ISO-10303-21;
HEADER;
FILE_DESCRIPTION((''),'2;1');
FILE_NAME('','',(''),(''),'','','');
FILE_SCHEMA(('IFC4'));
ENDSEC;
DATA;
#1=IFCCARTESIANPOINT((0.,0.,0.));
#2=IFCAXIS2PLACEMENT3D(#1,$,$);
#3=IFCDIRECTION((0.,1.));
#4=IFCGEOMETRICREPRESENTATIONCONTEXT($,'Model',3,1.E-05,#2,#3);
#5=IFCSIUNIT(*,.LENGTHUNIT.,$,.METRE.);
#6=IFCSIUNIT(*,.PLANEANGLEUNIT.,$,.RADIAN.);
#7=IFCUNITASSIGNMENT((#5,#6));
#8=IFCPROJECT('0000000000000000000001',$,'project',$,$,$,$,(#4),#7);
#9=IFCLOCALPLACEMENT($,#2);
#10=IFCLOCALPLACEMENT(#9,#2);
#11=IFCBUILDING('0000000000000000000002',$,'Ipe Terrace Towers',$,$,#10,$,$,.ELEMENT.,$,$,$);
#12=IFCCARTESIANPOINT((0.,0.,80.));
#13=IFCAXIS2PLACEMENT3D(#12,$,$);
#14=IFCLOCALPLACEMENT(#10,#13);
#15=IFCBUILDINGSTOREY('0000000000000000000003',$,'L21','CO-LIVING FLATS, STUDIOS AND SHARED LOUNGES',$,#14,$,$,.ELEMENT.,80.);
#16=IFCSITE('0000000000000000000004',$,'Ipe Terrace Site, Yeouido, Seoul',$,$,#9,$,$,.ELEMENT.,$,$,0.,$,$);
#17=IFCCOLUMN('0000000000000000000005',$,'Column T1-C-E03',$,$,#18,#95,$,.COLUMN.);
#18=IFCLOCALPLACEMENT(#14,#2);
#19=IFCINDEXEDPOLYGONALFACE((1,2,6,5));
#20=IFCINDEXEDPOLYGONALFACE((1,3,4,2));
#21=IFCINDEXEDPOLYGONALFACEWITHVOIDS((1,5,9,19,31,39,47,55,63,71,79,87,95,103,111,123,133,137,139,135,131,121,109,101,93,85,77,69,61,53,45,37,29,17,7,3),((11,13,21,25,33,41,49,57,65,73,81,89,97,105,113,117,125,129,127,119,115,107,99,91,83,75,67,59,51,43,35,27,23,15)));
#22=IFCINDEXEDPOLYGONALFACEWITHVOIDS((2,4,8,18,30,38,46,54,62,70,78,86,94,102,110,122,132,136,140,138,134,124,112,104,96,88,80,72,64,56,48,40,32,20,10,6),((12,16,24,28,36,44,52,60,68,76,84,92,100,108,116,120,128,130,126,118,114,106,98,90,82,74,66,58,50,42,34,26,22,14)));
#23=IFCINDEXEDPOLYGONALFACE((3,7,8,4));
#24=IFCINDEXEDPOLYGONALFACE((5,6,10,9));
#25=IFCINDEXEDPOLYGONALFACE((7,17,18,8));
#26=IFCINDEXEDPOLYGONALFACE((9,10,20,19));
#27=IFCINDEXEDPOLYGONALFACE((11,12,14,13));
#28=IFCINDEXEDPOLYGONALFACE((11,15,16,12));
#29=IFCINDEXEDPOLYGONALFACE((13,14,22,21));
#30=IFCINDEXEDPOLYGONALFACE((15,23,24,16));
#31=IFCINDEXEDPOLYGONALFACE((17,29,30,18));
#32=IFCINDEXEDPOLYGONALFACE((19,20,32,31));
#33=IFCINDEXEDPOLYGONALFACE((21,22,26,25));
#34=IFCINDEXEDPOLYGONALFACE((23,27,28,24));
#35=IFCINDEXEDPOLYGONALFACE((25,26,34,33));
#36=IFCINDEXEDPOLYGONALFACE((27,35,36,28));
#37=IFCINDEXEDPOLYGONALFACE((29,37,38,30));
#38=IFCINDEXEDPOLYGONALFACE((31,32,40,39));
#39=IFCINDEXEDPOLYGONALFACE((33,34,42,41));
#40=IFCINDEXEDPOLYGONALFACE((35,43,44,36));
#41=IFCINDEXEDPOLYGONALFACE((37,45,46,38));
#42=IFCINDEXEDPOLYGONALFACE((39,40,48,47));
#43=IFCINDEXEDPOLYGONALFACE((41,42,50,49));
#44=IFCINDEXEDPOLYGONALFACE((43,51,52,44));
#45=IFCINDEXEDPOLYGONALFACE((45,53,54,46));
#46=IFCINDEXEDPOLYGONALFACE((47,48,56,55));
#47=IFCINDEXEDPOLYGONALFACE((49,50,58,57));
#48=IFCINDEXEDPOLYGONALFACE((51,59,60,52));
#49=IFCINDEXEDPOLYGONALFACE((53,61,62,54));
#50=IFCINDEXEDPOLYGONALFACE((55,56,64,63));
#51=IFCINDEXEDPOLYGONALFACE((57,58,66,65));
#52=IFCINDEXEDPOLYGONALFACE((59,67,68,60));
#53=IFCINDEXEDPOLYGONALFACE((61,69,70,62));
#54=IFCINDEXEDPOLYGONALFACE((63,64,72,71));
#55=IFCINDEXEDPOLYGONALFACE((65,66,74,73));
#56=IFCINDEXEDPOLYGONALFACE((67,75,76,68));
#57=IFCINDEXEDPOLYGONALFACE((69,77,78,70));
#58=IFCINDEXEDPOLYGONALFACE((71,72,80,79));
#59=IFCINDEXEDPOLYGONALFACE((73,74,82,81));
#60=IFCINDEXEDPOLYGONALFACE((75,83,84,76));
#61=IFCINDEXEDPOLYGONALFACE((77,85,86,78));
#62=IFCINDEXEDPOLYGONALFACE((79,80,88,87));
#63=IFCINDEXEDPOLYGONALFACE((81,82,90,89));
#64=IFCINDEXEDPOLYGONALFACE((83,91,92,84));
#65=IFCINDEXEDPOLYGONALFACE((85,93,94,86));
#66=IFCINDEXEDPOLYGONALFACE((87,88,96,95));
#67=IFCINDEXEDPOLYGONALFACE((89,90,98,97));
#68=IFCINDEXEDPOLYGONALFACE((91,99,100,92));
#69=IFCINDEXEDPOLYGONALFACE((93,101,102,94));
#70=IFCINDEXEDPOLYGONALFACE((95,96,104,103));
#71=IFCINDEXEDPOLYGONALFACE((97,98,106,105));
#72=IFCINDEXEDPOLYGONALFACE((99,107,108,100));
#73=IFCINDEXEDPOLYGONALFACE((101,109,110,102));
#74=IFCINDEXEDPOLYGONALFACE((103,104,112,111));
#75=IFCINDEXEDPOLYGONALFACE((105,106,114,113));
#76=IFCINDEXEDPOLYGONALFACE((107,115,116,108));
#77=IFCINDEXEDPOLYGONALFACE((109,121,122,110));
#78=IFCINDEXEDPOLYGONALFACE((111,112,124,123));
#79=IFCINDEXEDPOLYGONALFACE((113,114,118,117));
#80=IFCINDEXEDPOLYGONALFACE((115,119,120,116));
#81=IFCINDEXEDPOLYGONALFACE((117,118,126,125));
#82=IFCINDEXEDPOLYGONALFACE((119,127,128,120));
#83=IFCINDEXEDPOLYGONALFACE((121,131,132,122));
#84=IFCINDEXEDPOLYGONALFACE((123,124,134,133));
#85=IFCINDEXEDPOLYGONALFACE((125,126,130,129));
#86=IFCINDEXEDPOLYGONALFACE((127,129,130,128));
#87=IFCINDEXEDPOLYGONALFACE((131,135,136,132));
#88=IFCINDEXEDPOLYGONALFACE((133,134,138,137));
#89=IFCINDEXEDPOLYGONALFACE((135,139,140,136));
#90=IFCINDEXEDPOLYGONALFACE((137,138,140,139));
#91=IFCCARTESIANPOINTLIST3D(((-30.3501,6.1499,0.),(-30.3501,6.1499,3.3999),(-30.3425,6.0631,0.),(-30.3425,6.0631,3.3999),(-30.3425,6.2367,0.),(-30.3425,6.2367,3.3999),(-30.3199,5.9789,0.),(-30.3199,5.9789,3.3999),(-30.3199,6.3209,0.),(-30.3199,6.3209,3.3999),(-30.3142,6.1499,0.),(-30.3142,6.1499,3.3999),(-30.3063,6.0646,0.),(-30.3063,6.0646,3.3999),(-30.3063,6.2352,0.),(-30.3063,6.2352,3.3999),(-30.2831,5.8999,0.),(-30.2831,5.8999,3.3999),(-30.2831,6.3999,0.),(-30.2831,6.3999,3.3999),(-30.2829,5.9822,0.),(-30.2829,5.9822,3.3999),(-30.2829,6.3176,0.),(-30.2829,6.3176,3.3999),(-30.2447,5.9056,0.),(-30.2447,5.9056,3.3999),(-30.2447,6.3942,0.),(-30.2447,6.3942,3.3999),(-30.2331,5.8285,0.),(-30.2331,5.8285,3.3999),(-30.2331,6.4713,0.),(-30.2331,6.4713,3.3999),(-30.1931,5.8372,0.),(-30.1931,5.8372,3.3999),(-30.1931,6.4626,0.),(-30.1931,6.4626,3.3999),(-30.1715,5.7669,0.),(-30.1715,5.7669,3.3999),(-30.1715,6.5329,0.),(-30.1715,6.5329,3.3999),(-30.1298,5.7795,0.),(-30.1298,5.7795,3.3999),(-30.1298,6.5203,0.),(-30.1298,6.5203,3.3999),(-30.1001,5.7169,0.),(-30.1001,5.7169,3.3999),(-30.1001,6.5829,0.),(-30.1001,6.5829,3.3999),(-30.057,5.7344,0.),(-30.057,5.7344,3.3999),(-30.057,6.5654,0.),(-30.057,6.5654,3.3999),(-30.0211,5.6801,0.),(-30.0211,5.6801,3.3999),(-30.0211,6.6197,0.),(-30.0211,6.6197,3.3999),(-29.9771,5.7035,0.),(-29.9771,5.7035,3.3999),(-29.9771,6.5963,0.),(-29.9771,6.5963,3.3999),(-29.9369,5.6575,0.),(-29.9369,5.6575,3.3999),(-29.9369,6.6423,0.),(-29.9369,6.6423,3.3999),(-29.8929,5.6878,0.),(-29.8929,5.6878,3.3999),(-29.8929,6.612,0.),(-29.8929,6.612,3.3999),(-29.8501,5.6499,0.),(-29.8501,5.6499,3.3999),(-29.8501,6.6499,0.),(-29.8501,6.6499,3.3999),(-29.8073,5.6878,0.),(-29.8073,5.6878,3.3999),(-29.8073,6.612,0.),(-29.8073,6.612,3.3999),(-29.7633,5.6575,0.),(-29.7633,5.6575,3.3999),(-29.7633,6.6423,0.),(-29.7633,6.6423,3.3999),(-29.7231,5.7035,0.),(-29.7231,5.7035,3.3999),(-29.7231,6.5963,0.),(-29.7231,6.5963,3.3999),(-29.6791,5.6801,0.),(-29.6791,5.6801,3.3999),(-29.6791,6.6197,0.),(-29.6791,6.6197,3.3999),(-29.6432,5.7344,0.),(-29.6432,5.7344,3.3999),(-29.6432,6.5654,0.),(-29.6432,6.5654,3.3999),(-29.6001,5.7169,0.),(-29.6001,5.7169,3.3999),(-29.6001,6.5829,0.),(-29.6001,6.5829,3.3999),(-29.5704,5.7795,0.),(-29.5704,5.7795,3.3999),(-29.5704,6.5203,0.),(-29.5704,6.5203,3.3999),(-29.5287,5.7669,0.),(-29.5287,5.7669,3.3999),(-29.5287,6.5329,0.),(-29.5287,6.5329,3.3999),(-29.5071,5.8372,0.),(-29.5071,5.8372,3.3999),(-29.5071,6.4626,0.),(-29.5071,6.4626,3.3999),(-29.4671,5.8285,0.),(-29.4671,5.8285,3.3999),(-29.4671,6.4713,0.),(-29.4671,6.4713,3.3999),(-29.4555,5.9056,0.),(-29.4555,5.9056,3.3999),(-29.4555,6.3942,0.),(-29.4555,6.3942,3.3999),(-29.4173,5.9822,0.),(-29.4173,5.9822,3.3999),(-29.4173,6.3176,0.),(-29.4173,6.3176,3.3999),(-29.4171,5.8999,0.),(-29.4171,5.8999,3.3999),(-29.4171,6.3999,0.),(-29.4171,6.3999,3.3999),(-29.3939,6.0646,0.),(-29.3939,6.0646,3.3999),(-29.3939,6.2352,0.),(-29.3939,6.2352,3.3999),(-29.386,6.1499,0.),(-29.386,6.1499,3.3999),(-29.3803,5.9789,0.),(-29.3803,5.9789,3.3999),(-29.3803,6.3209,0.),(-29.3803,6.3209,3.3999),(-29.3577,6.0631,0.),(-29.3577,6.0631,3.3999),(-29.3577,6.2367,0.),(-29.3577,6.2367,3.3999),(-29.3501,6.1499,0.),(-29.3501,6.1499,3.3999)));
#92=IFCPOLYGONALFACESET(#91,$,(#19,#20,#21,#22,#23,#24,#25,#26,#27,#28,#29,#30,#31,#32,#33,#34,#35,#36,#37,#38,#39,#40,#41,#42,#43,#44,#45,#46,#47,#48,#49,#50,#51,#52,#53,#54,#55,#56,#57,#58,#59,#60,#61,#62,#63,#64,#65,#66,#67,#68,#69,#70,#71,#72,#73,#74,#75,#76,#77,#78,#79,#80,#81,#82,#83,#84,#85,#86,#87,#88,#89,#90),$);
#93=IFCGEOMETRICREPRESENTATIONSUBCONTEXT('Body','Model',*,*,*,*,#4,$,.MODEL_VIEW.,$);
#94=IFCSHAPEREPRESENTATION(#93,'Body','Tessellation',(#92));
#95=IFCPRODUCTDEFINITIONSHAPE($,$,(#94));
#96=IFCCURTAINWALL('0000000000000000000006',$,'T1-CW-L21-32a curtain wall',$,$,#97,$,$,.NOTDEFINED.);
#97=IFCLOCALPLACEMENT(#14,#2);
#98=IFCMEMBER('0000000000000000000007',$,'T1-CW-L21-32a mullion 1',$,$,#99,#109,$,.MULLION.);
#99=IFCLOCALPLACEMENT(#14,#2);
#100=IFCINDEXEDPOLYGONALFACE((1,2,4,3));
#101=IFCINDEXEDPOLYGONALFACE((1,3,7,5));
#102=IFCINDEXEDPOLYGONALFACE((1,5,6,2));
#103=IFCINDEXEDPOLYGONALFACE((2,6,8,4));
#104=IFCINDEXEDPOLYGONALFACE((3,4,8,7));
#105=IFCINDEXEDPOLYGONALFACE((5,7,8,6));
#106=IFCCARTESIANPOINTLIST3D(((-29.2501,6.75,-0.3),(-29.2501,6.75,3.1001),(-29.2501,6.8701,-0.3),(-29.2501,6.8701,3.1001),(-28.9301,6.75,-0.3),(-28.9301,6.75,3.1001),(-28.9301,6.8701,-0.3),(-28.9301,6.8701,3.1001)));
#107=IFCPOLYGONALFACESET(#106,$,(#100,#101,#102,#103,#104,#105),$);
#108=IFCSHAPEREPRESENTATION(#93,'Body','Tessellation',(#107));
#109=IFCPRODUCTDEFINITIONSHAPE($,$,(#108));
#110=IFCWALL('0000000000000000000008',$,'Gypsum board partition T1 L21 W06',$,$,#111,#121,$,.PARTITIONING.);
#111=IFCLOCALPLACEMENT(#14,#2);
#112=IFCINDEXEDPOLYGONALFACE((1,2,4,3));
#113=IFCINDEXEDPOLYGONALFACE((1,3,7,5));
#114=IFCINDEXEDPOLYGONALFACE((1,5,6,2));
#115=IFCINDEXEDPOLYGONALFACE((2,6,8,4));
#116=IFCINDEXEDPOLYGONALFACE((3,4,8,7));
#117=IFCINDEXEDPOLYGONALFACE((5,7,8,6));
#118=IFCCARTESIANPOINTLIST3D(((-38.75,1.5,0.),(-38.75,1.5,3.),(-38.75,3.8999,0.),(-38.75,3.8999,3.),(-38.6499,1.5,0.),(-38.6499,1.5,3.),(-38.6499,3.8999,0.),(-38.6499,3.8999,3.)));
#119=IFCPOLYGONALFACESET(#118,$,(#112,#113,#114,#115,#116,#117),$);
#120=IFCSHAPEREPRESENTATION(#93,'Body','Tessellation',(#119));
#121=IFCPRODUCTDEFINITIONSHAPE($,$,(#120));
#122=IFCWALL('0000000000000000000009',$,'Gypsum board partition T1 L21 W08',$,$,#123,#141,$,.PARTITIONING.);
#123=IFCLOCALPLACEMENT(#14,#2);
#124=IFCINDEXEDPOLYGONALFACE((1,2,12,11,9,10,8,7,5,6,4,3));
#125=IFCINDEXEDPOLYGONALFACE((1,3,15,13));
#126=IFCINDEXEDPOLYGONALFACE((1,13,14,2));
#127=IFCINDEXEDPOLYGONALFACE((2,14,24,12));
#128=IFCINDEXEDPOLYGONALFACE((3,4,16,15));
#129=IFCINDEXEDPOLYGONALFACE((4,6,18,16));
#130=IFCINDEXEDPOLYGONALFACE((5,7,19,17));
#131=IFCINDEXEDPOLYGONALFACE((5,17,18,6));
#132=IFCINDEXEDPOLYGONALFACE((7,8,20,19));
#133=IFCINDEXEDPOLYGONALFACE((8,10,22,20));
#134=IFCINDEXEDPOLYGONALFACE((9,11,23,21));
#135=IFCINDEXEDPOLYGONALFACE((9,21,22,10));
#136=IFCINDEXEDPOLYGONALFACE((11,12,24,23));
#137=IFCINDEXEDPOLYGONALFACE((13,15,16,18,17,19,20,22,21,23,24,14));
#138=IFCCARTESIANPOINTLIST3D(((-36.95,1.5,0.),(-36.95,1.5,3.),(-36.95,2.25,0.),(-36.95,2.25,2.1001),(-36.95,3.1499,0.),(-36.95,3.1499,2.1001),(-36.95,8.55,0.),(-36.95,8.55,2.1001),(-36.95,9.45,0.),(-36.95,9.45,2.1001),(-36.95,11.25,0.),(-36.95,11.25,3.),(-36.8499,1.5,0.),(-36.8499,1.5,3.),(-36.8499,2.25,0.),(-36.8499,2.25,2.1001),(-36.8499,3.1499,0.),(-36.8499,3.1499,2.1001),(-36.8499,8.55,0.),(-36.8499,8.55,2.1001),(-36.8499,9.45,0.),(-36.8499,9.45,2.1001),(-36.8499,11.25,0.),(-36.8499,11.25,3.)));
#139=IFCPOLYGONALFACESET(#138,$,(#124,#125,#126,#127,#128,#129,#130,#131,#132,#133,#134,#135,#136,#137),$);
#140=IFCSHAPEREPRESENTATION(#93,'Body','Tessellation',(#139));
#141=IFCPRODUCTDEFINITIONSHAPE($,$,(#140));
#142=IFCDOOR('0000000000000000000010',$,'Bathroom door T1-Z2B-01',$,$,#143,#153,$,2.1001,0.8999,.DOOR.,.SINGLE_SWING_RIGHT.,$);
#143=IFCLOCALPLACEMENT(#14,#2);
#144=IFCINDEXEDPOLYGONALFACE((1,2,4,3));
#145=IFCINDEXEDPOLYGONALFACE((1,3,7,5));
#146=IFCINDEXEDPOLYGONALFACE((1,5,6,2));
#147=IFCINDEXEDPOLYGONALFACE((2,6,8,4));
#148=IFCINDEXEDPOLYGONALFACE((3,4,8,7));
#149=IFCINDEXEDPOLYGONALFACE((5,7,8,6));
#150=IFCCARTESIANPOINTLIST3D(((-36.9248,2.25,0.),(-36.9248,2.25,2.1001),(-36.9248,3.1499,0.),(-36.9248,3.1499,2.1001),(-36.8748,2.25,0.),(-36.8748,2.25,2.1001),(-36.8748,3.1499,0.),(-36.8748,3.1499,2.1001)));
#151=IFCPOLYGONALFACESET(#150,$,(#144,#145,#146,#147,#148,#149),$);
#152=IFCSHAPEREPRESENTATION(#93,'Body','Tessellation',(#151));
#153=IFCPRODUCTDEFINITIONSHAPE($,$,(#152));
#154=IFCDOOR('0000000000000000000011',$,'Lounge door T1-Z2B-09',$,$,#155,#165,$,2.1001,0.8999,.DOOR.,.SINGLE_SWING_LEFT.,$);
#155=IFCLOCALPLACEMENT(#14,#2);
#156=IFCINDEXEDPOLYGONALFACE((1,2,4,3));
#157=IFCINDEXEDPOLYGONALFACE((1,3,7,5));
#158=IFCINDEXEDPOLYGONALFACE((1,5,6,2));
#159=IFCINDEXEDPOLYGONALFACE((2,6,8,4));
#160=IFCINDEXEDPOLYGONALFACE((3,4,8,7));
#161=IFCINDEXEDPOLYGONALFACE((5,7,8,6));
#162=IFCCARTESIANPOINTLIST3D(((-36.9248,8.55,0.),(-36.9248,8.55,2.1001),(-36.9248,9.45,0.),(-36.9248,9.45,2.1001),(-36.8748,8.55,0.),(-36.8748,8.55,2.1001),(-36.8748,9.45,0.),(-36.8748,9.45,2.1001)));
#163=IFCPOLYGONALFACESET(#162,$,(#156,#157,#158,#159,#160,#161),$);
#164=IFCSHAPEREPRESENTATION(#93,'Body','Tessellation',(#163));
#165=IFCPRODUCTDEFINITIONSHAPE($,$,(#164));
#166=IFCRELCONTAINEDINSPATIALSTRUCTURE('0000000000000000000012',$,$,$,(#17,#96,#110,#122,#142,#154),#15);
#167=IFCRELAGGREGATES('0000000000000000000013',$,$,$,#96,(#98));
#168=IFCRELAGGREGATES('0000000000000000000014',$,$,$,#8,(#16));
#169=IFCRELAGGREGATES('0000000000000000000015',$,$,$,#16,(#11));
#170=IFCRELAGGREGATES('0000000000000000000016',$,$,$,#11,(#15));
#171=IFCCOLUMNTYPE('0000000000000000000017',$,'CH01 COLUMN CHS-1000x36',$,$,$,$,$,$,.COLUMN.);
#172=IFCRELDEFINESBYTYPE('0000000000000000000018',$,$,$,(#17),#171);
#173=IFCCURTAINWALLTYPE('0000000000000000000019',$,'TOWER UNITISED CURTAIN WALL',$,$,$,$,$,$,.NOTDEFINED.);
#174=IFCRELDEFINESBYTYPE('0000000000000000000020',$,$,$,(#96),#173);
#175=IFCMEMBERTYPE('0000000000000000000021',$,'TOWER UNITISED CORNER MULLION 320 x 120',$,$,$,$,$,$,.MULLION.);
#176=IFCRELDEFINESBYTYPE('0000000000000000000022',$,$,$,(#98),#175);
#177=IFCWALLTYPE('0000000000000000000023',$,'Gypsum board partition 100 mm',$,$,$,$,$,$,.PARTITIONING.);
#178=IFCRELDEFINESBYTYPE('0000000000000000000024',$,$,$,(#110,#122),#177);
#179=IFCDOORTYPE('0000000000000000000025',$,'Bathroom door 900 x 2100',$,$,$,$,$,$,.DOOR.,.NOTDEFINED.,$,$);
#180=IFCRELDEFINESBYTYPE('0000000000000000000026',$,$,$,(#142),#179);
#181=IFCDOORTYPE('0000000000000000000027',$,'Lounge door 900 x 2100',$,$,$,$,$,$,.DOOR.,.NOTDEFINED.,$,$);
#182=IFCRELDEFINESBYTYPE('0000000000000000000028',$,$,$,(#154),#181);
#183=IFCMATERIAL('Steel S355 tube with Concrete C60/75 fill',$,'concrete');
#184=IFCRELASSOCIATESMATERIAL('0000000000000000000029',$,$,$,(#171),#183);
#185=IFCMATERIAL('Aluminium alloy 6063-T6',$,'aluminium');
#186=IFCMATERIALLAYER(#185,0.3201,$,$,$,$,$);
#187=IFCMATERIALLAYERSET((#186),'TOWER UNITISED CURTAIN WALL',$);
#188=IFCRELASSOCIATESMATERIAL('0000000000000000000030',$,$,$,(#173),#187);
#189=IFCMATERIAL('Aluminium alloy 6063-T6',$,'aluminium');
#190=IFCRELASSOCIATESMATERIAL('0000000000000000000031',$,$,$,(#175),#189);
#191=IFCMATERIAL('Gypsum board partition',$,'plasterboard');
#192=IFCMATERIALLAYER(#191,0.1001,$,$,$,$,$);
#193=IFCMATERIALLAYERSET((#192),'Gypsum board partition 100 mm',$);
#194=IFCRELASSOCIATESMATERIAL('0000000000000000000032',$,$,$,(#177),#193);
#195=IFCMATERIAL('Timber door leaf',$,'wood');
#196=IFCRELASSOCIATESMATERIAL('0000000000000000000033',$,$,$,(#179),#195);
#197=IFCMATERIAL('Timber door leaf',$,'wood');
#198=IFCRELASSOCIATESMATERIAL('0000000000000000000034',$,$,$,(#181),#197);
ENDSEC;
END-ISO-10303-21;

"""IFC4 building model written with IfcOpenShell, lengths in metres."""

from ifc_helpers import new_model, si_unit, direction, frame, frame_2d, origin, origin_2d, place, context, subcontext, project, spatial, rectangle, hollow_circle, extrude, material, layer, layer_set, material_profile, profile_set, type_object, element, fill, aggregate, save


model = new_model("IFC4")

# Units and contexts
model_context = context("Model", 3, precision=1e-05, world=origin(), true_north=direction((0.0, 1.0)))
body_context = subcontext(model_context, "Body", "Model", "MODEL_VIEW")
ifc_project = project(units=[si_unit("LENGTHUNIT", "METRE"), si_unit("PLANEANGLEUNIT", "RADIAN")], contexts=[model_context])

# Site, building, storey
site_placement = place(None, origin())
site = spatial("IfcSite", under=ifc_project, at=site_placement, Name="Ipe Terrace Site, Yeouido, Seoul", CompositionType="ELEMENT", RefElevation=0.0)
building_placement = place(site_placement, origin())
building = spatial("IfcBuilding", under=site, at=building_placement, Name="Ipe Terrace Towers", CompositionType="ELEMENT")
storey_placement = place(building_placement, frame((0.0, 0.0, 80.0)))
storey = spatial("IfcBuildingStorey", under=building, at=storey_placement, Name="L21", Description="CO-LIVING FLATS, STUDIOS AND SHARED LOUNGES", CompositionType="ELEMENT", Elevation=80.0)

# Column
ifc_material_1 = material(Name="Steel S355 tube with Concrete C60/75 fill", Category="concrete")
ifc_material_profile_1 = material_profile(ifc_material_1, hollow_circle(Radius=0.5, WallThickness=0.0359, at=origin_2d()), Name="CHS-1000x36")
ifc_profile_set_1 = profile_set([ifc_material_profile_1], Name="Steel S355 tube with Concrete C60/75 fill")
column_type = type_object("IfcColumnType", Name="CH01 COLUMN CHS-1000x36", PredefinedType="COLUMN", material=ifc_profile_set_1)
column_placement = place(storey_placement, frame((-29.8501, 6.1499, 0.0), z_axis=(0.0, 0.0, 1.0), x_axis=(1.0, 0.0, 0.0)))
element("IfcColumn", 1, at=column_placement, inside=storey, type_object=column_type, Name="Column T1-C-E03", PredefinedType="COLUMN", context=body_context, shape_type="SweptSolid", body=[
    extrude(hollow_circle(Radius=0.5, WallThickness=0.0359, at=origin_2d()), origin(), (0.0, 0.0, 1.0), 3.3999),
])

# Curtain wall, member
ifc_material_2 = material(Name="Aluminium alloy 6063-T6", Category="aluminium")
ifc_layer_1 = layer(ifc_material_2, 0.3201)
ifc_layer_set_1 = layer_set([ifc_layer_1], Name="TOWER UNITISED CURTAIN WALL")
curtain_wall_type = type_object("IfcCurtainWallType", Name="TOWER UNITISED CURTAIN WALL", PredefinedType="NOTDEFINED", material=ifc_layer_set_1)
curtain_wall_placement = place(storey_placement, origin())
curtain_wall = element("IfcCurtainWall", 2, at=curtain_wall_placement, inside=storey, type_object=curtain_wall_type, Name="T1-CW-L21-32a curtain wall", PredefinedType="NOTDEFINED")
ifc_material_3 = material(Name="Aluminium alloy 6063-T6", Category="aluminium")
ifc_material_profile_2 = material_profile(ifc_material_3, rectangle(XDim=0.3201, YDim=0.1201, at=origin_2d()), Name="TOWER UNITISED CORNER MULLION 320 x 120")
ifc_profile_set_2 = profile_set([ifc_material_profile_2], Name="Aluminium alloy 6063-T6")
member_type = type_object("IfcMemberType", Name="TOWER UNITISED CORNER MULLION 320 x 120", PredefinedType="MULLION", material=ifc_profile_set_2)
member_placement = place(storey_placement, frame((-29.0901, 6.8101, -0.3), z_axis=(0.0, 0.0, 1.0), x_axis=(1.0, 0.0, 0.0)))
member = element("IfcMember", 3, at=member_placement, type_object=member_type, Name="T1-CW-L21-32a mullion 1", PredefinedType="MULLION", context=body_context, shape_type="SweptSolid", body=[
    extrude(rectangle(XDim=0.3201, YDim=0.1201, at=origin_2d()), origin(), (0.0, 0.0, 1.0), 3.4001),
])
aggregate(curtain_wall, [member])

# Wall
ifc_material_4 = material(Name="Gypsum board partition", Category="plasterboard")
ifc_layer_2 = layer(ifc_material_4, 0.1001)
ifc_layer_set_2 = layer_set([ifc_layer_2], Name="Gypsum board partition 100 mm")
wall_type_1 = type_object("IfcWallType", Name="Gypsum board partition 100 mm", PredefinedType="PARTITIONING", material=ifc_layer_set_2)
wall_1_placement = place(storey_placement, frame((-38.7, 1.5, 0.0), z_axis=(0.0, 0.0, 1.0), x_axis=(0.0, 1.0, 0.0)))
element("IfcWall", 4, at=wall_1_placement, inside=storey, type_object=wall_type_1, Name="Gypsum board partition T1 L21 W06", PredefinedType="PARTITIONING", context=body_context, shape_type="SweptSolid", body=[
    extrude(rectangle(XDim=2.3999, YDim=0.1001, at=frame_2d((1.2, 0.0))), origin(), (0.0, 0.0, 1.0), 3.0),
])

# Wall, openings, doors
wall_2_placement = place(storey_placement, frame((-36.8999, 1.5, 0.0), z_axis=(0.0, 0.0, 1.0), x_axis=(0.0, 1.0, 0.0)))
wall_2 = element("IfcWall", 5, at=wall_2_placement, inside=storey, type_object=wall_type_1, Name="Gypsum board partition T1 L21 W08", PredefinedType="PARTITIONING", context=body_context, shape_type="SweptSolid", body=[
    extrude(rectangle(XDim=9.75, YDim=0.1001, at=frame_2d((4.875, 0.0))), origin(), (0.0, 0.0, 1.0), 3.0),
])
opening_1_placement = place(wall_2_placement, frame((0.75, 0.0, 0.0)))
opening_1 = element("IfcOpeningElement", 6, at=opening_1_placement, cuts=wall_2, PredefinedType="OPENING", context=body_context, shape_type="SweptSolid", body=[
    extrude(rectangle(XDim=0.8999, YDim=2.1001, at=frame_2d((0.45, 1.05))), frame((0.0, 0.0601, 0.0), z_axis=(0.0, -1.0, 0.0), x_axis=(1.0, 0.0, 0.0)), (0.0, 0.0, 1.0), 0.1201),
])
opening_2_placement = place(wall_2_placement, frame((7.05, 0.0, 0.0)))
opening_2 = element("IfcOpeningElement", 7, at=opening_2_placement, cuts=wall_2, PredefinedType="OPENING", context=body_context, shape_type="SweptSolid", body=[
    extrude(rectangle(XDim=0.8999, YDim=2.1001, at=frame_2d((0.45, 1.05))), frame((0.0, 0.0601, 0.0), z_axis=(0.0, -1.0, 0.0), x_axis=(1.0, 0.0, 0.0)), (0.0, 0.0, 1.0), 0.1201),
])
ifc_material_5 = material(Name="Timber door leaf", Category="wood")
door_type_1 = type_object("IfcDoorType", Name="Bathroom door 900 x 2100", OperationType="NOTDEFINED", PredefinedType="DOOR", material=ifc_material_5)
door_1_placement = place(opening_1_placement, origin())
door_1 = element("IfcDoor", 8, at=door_1_placement, inside=storey, type_object=door_type_1, Name="Bathroom door T1-Z2B-01", OperationType="SINGLE_SWING_RIGHT", OverallHeight=2.1001, OverallWidth=0.8999, PredefinedType="DOOR", context=body_context, shape_type="SweptSolid", body=[
    extrude(rectangle(XDim=0.8999, YDim=2.1001, at=frame_2d((0.45, 1.05))), frame((0.0, 0.0249, 0.0), z_axis=(0.0, -1.0, 0.0), x_axis=(1.0, 0.0, 0.0)), (0.0, 0.0, 1.0), 0.05),
])
fill(opening_1, door_1)
ifc_material_6 = material(Name="Timber door leaf", Category="wood")
door_type_2 = type_object("IfcDoorType", Name="Lounge door 900 x 2100", OperationType="NOTDEFINED", PredefinedType="DOOR", material=ifc_material_6)
door_2_placement = place(opening_2_placement, origin())
door_2 = element("IfcDoor", 9, at=door_2_placement, inside=storey, type_object=door_type_2, Name="Lounge door T1-Z2B-09", OperationType="SINGLE_SWING_LEFT", OverallHeight=2.1001, OverallWidth=0.8999, PredefinedType="DOOR", context=body_context, shape_type="SweptSolid", body=[
    extrude(rectangle(XDim=0.8999, YDim=2.1001, at=frame_2d((0.45, 1.05))), frame((0.0, 0.0249, 0.0), z_axis=(0.0, -1.0, 0.0), x_axis=(1.0, 0.0, 0.0)), (0.0, 0.0, 1.0), 0.05),
])
fill(opening_2, door_2)

save(model, "model.ifc")
